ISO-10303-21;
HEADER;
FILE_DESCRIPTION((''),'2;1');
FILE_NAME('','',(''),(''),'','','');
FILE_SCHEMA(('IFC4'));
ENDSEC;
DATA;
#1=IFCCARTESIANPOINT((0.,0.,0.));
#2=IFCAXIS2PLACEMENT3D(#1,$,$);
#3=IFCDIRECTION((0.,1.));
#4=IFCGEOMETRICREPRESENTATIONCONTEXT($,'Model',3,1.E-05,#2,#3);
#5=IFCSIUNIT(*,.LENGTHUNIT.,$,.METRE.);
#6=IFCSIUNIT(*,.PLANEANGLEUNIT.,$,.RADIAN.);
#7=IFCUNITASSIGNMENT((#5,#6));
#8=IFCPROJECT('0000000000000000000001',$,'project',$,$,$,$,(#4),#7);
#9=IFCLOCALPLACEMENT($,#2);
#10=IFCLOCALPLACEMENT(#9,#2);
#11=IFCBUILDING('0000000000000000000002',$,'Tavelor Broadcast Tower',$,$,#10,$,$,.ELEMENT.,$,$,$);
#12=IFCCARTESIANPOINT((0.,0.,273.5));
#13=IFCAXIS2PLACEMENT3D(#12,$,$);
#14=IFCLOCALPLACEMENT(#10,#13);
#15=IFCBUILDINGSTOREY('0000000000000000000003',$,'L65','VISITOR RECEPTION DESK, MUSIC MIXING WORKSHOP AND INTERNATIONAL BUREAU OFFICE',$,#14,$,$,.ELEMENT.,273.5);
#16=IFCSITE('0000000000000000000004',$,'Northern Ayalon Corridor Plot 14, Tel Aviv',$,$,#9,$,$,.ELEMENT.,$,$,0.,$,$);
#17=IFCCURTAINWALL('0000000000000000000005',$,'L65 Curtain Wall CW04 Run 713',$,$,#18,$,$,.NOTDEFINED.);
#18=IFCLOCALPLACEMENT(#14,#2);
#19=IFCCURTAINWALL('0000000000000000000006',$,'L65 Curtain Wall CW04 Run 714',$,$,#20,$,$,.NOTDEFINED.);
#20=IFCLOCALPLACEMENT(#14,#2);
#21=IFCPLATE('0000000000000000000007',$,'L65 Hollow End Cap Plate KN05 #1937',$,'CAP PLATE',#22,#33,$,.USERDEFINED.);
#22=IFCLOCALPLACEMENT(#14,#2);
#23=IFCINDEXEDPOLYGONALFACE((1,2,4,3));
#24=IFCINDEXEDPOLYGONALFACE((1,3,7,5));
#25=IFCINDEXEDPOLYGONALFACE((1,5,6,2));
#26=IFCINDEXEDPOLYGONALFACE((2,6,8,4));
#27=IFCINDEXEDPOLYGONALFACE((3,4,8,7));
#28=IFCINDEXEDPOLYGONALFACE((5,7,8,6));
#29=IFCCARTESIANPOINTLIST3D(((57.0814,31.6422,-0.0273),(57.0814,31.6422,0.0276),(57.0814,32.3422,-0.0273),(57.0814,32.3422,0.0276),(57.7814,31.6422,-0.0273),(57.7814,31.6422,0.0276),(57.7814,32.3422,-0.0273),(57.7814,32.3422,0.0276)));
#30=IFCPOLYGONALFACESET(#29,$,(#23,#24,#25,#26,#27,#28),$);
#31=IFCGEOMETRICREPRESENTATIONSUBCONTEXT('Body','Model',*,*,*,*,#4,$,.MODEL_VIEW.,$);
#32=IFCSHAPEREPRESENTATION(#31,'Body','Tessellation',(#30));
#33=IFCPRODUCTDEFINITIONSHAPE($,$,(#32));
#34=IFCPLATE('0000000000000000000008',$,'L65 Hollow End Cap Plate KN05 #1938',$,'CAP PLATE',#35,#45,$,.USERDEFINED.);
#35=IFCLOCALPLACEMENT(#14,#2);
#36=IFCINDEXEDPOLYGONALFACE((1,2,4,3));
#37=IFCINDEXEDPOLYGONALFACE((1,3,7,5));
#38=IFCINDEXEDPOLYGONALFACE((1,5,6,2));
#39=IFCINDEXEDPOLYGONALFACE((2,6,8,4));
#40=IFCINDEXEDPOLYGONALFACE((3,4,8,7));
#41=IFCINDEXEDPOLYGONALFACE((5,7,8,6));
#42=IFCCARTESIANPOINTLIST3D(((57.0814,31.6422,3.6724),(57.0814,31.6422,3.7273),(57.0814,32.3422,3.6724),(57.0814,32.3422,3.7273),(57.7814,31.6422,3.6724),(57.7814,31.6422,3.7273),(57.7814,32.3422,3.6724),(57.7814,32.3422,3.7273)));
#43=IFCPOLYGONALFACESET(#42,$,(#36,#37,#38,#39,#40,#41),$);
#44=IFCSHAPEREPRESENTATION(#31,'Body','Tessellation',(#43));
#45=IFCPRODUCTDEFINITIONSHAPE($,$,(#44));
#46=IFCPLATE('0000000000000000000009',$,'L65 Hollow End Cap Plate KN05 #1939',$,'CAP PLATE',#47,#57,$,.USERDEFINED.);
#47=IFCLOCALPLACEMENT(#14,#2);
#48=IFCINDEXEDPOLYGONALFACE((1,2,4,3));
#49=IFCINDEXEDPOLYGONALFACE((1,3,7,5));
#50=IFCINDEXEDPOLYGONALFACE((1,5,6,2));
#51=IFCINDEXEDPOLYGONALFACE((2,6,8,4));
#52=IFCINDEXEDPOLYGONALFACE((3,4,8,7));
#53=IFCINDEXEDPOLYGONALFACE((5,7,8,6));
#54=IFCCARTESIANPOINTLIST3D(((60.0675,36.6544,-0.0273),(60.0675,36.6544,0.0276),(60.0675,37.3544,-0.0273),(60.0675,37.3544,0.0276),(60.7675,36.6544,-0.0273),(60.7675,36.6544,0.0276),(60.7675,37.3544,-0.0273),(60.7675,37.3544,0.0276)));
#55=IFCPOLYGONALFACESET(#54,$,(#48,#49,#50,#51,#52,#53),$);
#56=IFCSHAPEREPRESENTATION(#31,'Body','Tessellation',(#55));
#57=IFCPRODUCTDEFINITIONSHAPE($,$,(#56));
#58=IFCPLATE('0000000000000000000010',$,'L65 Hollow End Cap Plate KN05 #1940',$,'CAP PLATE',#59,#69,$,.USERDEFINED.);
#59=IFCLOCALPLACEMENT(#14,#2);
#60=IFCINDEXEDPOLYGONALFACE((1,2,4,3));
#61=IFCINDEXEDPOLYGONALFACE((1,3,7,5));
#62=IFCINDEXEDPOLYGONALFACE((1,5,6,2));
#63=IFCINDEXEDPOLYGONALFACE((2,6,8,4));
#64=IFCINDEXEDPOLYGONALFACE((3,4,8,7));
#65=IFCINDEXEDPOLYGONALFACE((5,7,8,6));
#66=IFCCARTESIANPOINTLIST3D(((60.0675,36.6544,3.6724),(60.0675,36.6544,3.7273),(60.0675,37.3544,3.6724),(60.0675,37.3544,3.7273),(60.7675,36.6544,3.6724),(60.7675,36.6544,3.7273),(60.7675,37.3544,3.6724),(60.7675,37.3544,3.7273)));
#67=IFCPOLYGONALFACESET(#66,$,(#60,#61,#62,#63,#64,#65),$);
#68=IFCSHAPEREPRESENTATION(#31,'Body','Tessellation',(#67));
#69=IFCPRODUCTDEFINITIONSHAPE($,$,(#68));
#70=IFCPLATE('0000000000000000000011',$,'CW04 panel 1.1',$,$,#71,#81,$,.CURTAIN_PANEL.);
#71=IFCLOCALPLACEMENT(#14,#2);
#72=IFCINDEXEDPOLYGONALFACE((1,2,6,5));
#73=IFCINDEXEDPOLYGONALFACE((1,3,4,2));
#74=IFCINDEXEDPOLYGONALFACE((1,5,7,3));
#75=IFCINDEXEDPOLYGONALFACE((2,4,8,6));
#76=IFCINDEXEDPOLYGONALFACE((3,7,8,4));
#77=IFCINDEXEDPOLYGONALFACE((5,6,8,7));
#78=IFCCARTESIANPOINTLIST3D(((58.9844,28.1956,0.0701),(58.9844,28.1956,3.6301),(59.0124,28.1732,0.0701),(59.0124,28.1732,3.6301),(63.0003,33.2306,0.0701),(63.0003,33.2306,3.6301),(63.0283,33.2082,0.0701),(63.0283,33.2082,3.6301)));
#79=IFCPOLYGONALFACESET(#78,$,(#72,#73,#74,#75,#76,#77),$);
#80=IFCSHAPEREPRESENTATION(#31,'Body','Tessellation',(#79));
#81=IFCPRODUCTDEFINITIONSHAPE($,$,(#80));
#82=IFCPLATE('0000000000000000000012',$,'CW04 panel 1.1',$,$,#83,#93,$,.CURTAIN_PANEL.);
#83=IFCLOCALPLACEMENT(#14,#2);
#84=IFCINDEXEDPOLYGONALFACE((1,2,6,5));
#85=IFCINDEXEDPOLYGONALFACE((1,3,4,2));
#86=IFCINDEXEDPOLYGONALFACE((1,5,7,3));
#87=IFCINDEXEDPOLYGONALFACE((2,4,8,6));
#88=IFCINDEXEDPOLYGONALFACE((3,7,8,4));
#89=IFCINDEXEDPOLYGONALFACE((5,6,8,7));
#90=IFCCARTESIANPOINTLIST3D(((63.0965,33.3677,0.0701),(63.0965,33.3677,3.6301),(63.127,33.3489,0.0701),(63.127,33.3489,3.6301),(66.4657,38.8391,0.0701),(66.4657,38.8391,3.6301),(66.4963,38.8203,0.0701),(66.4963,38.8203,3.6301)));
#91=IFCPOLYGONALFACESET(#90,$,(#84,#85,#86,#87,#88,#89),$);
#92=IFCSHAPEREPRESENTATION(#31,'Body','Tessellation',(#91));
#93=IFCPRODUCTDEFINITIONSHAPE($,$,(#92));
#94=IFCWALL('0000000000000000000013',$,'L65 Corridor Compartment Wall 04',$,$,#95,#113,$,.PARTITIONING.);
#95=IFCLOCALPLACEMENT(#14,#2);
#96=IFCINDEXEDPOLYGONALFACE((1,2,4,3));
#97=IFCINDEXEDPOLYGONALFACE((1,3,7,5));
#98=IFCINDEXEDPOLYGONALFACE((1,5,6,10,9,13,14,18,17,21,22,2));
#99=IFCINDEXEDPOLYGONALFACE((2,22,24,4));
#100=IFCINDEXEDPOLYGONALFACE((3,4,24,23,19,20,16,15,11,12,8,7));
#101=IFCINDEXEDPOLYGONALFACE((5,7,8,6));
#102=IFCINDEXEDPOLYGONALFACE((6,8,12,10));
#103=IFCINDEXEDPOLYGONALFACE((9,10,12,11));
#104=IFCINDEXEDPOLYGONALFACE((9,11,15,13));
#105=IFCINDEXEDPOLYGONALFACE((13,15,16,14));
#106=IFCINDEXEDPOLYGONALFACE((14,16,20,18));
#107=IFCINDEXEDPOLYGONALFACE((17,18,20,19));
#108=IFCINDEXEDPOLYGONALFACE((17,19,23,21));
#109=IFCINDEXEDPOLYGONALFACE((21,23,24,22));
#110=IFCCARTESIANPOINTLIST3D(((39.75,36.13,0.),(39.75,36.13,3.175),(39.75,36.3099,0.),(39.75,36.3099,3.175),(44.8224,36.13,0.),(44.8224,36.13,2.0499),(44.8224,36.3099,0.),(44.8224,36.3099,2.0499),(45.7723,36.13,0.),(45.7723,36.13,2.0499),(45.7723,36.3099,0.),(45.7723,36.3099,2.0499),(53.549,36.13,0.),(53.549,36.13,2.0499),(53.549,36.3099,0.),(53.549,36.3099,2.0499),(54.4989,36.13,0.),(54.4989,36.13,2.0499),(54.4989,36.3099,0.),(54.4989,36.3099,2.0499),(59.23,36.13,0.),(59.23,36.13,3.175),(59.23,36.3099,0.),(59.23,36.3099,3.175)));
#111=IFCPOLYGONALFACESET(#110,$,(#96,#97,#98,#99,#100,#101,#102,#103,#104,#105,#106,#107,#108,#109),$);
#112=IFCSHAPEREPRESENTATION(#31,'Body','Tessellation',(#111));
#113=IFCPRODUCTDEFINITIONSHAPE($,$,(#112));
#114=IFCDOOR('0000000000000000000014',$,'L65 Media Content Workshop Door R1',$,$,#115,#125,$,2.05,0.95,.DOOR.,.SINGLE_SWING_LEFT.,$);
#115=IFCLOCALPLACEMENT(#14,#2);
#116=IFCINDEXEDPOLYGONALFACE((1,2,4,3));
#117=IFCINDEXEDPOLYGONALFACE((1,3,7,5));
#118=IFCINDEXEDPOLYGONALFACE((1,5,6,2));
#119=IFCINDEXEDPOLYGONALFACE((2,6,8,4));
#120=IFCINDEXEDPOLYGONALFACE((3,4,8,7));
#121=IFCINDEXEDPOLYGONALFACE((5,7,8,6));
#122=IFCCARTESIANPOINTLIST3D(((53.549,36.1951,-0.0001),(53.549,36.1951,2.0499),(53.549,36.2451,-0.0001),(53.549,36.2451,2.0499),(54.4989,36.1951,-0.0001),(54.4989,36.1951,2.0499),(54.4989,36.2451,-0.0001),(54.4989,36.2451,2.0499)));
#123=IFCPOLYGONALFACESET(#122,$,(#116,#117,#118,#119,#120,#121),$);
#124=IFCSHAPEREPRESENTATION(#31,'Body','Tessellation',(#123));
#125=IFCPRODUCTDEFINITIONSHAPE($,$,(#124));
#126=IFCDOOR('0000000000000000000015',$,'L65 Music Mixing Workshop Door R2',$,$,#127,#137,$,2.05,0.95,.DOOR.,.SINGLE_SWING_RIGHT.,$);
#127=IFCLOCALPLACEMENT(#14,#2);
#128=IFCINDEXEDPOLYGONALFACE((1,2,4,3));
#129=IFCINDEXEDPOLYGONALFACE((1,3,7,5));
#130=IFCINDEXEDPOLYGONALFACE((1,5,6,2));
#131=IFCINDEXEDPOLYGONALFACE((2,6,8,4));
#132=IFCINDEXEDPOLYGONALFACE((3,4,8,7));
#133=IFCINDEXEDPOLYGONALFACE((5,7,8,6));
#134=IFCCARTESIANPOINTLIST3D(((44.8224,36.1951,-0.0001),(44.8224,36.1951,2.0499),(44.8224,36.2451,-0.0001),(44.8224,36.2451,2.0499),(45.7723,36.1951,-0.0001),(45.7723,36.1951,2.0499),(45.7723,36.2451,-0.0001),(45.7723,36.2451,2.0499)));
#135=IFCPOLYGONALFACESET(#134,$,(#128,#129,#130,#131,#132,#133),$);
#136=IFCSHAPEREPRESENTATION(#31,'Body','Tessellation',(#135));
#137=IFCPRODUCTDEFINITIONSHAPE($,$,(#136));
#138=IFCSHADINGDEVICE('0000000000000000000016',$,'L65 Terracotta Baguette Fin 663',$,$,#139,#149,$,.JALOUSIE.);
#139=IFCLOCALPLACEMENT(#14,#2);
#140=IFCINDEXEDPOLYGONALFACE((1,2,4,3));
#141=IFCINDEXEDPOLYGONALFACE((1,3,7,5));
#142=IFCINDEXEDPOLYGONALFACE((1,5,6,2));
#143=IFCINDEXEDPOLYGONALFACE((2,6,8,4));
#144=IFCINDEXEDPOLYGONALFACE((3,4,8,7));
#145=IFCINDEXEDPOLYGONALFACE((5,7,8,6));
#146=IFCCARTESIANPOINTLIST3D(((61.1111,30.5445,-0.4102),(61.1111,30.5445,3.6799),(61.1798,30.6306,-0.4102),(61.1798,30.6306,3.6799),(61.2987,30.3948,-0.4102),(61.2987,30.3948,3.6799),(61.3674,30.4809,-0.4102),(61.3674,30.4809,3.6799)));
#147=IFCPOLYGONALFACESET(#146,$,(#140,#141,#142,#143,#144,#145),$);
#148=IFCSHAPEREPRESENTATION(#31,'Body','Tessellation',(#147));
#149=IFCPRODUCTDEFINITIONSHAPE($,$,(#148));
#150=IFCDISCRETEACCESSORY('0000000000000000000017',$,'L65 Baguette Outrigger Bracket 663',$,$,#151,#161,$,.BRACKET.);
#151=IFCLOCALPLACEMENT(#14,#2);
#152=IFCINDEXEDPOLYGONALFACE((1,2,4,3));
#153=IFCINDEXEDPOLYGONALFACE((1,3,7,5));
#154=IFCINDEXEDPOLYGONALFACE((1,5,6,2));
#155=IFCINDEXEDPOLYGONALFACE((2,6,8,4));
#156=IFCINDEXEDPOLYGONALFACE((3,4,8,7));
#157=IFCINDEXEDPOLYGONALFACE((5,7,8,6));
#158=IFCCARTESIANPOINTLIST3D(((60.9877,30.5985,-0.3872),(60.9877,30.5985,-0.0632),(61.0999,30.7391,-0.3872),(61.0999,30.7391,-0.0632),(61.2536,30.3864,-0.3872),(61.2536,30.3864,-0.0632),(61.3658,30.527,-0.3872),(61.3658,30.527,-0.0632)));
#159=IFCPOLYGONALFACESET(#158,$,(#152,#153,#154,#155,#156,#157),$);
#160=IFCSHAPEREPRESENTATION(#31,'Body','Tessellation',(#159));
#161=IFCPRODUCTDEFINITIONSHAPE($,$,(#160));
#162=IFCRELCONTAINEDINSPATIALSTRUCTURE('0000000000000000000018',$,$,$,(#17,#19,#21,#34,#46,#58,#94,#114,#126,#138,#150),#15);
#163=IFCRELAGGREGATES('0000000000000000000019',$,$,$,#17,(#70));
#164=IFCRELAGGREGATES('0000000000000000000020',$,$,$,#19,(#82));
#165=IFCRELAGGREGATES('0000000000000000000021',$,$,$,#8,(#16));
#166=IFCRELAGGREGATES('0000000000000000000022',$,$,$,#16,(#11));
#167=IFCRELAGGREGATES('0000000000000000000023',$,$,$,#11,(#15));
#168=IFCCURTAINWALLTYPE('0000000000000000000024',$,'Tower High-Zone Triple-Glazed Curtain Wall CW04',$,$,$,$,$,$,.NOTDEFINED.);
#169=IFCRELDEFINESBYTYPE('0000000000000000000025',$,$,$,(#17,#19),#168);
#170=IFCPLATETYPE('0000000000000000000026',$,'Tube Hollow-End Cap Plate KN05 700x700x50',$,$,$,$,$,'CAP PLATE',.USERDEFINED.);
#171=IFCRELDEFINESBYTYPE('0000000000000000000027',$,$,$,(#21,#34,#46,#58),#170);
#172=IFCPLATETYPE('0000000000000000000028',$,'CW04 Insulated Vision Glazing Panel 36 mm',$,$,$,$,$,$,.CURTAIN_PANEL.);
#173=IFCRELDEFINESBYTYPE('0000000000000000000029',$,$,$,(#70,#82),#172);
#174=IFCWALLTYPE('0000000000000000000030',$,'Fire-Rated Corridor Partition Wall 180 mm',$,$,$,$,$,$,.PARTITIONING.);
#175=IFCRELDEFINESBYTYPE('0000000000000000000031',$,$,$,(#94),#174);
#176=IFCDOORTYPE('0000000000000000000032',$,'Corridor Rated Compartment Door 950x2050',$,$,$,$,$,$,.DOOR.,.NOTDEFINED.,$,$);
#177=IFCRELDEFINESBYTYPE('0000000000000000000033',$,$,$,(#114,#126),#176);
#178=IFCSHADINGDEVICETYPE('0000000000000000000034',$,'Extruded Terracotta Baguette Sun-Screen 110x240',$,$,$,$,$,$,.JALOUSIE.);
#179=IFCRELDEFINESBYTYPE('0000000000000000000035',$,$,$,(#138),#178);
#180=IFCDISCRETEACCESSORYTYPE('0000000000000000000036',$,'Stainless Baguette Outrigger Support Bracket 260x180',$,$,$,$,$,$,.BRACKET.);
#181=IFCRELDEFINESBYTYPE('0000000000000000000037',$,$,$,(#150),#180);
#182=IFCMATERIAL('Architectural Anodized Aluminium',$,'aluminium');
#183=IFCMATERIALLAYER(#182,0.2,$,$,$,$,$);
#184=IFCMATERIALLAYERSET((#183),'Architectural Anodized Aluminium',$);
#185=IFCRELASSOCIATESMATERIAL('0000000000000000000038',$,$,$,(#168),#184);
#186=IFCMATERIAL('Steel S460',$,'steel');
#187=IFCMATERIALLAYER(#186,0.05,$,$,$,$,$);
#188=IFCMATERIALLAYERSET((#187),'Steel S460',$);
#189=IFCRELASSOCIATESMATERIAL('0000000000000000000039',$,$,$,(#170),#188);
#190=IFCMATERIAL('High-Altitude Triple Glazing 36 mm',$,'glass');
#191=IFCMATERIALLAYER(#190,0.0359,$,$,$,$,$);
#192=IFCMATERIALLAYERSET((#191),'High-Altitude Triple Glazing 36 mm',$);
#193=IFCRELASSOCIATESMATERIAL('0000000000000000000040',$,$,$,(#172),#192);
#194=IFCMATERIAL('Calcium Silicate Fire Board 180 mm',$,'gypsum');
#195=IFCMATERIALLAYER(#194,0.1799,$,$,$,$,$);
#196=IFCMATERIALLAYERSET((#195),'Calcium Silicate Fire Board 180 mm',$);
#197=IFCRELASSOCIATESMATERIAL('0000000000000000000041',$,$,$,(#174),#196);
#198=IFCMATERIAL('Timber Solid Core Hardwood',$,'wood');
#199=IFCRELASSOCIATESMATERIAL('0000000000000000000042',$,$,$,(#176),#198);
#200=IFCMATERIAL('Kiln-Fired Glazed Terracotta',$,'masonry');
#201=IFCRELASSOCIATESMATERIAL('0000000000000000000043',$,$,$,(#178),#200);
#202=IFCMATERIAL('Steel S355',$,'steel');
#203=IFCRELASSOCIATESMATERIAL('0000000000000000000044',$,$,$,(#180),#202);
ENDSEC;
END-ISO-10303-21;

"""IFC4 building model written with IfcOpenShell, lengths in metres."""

from ifc_helpers import new_model, si_unit, direction, frame, frame_2d, origin, origin_2d, place, context, subcontext, project, spatial, rectangle, extrude, source, transform, mapped, material, layer, layer_set, type_object, type_shapes, element, fill, aggregate, save


model = new_model("IFC4")

# Units and contexts
model_context = context("Model", 3, precision=1e-05, world=origin(), true_north=direction((0.0, 1.0)))
body_context = subcontext(model_context, "Body", "Model", "MODEL_VIEW")
ifc_project = project(units=[si_unit("LENGTHUNIT", "METRE"), si_unit("PLANEANGLEUNIT", "RADIAN")], contexts=[model_context])

# Site, building, storey
site_placement = place(None, origin())
site = spatial("IfcSite", under=ifc_project, at=site_placement, Name="Northern Ayalon Corridor Plot 14, Tel Aviv", CompositionType="ELEMENT", RefElevation=0.0)
building_placement = place(site_placement, origin())
building = spatial("IfcBuilding", under=site, at=building_placement, Name="Tavelor Broadcast Tower", CompositionType="ELEMENT")
storey_placement = place(building_placement, frame((0.0, 0.0, 273.5)))
storey = spatial("IfcBuildingStorey", under=building, at=storey_placement, Name="L65", Description="VISITOR RECEPTION DESK, MUSIC MIXING WORKSHOP AND INTERNATIONAL BUREAU OFFICE", CompositionType="ELEMENT", Elevation=273.5)

# Shared definitions
ifc_material_1 = material(Name="Steel S460", Category="steel")

# Shared definitions
ifc_material_2 = material(Name="Steel S355", Category="steel")

# Curtain wall
ifc_material_3 = material(Name="Architectural Anodized Aluminium", Category="aluminium")
ifc_layer_1 = layer(ifc_material_3, 0.2)
ifc_layer_set_1 = layer_set([ifc_layer_1], Name="Architectural Anodized Aluminium")
curtain_wall_type = type_object("IfcCurtainWallType", Name="Tower High-Zone Triple-Glazed Curtain Wall CW04", PredefinedType="NOTDEFINED", material=ifc_layer_set_1)
curtain_wall_1_placement = place(storey_placement, origin())
curtain_wall_1 = element("IfcCurtainWall", 1, at=curtain_wall_1_placement, inside=storey, type_object=curtain_wall_type, Name="L65 Curtain Wall CW04 Run 713", PredefinedType="NOTDEFINED")

# Curtain wall
curtain_wall_2_placement = place(storey_placement, origin())
curtain_wall_2 = element("IfcCurtainWall", 2, at=curtain_wall_2_placement, inside=storey, type_object=curtain_wall_type, Name="L65 Curtain Wall CW04 Run 714", PredefinedType="NOTDEFINED")

# Plates
ifc_layer_2 = layer(ifc_material_1, 0.05)
ifc_layer_set_2 = layer_set([ifc_layer_2], Name="Steel S460")
plate_type_1 = type_object("IfcPlateType", Name="Tube Hollow-End Cap Plate KN05 700x700x50", ElementType="CAP PLATE", PredefinedType="USERDEFINED", material=ifc_layer_set_2)
shared_shape_1 = source(origin(), body_context, "Body", "SweptSolid", [
    extrude(rectangle(XDim=0.7, YDim=0.7, at=origin_2d()), origin(), (0.0, 0.0, 1.0), 0.0549),
])
type_shapes(plate_type_1, [shared_shape_1])
for number, where, z_axis, x_axis, name in (
    (3, (57.4314, 31.9922, -0.0273), (0.0, 0.0, 1.0), (1.0, 0.0, 0.0), "L65 Hollow End Cap Plate KN05 #1937"),
    (4, (57.4314, 31.9922, 3.6724), (0.0, 0.0, 1.0), (1.0, 0.0, 0.0), "L65 Hollow End Cap Plate KN05 #1938"),
    (5, (60.4175, 37.0044, -0.0273), (0.0, 0.0, 1.0), (1.0, 0.0, 0.0), "L65 Hollow End Cap Plate KN05 #1939"),
    (6, (60.4175, 37.0044, 3.6724), (0.0, 0.0, 1.0), (1.0, 0.0, 0.0), "L65 Hollow End Cap Plate KN05 #1940"),
):
    element("IfcPlate", number, at=place(storey_placement, frame(where, z_axis=z_axis, x_axis=x_axis)), inside=storey, type_object=plate_type_1, Name=name, ObjectType="CAP PLATE", PredefinedType="USERDEFINED", context=body_context, shape_type="MappedRepresentation", body=[
        mapped(shared_shape_1, transform((0.0, 0.0, 0.0), scale=1.0)),
    ])

# Plates
ifc_material_4 = material(Name="High-Altitude Triple Glazing 36 mm", Category="glass")
ifc_layer_3 = layer(ifc_material_4, 0.0359)
ifc_layer_set_3 = layer_set([ifc_layer_3], Name="High-Altitude Triple Glazing 36 mm")
plate_type_2 = type_object("IfcPlateType", Name="CW04 Insulated Vision Glazing Panel 36 mm", PredefinedType="CURTAIN_PANEL", material=ifc_layer_set_3)
shared_shape_2 = source(origin(), body_context, "Body", "SweptSolid", [
    extrude(rectangle(XDim=6.4404, YDim=0.0359, at=origin_2d()), origin(), (0.0, 0.0, 1.0), 3.5601),
])
plate_1_placement = place(storey_placement, frame((61.0063, 30.7019, 0.0701), z_axis=(0.0, 0.0, 1.0), x_axis=(0.623545, 0.781787, 0.0)))
plate_1 = element("IfcPlate", 7, at=plate_1_placement, type_object=plate_type_2, Name="CW04 panel 1.1", PredefinedType="CURTAIN_PANEL", context=body_context, shape_type="MappedRepresentation", body=[
    mapped(shared_shape_2, transform((0.0, 0.0, 0.0), scale=1.0)),
])
aggregate(curtain_wall_1, [plate_1])
shared_shape_3 = source(origin(), body_context, "Body", "SweptSolid", [
    extrude(rectangle(XDim=6.4255, YDim=0.0359, at=origin_2d()), origin(), (0.0, 0.0, 1.0), 3.5601),
])
type_shapes(plate_type_2, [shared_shape_2, shared_shape_3])
plate_2_placement = place(storey_placement, frame((64.7964, 36.094, 0.0701), z_axis=(0.0, 0.0, 1.0), x_axis=(0.524351, 0.851502, 0.0)))
plate_2 = element("IfcPlate", 8, at=plate_2_placement, type_object=plate_type_2, Name="CW04 panel 1.1", PredefinedType="CURTAIN_PANEL", context=body_context, shape_type="MappedRepresentation", body=[
    mapped(shared_shape_3, transform((0.0, 0.0, 0.0), scale=1.0)),
])
aggregate(curtain_wall_2, [plate_2])

# Wall, openings, doors
ifc_material_5 = material(Name="Calcium Silicate Fire Board 180 mm", Category="gypsum")
ifc_layer_4 = layer(ifc_material_5, 0.1799)
ifc_layer_set_4 = layer_set([ifc_layer_4], Name="Calcium Silicate Fire Board 180 mm")
wall_type = type_object("IfcWallType", Name="Fire-Rated Corridor Partition Wall 180 mm", PredefinedType="PARTITIONING", material=ifc_layer_set_4)
wall_placement = place(storey_placement, frame((59.23, 36.22, 0.0), z_axis=(0.0, 0.0, 1.0), x_axis=(-1.0, 0.0, 0.0)))
wall = element("IfcWall", 9, at=wall_placement, inside=storey, type_object=wall_type, Name="L65 Corridor Compartment Wall 04", PredefinedType="PARTITIONING", context=body_context, shape_type="SweptSolid", body=[
    extrude(rectangle(XDim=19.48, YDim=0.1799, at=frame_2d((9.74, 0.0))), origin(), (0.0, 0.0, 1.0), 3.175),
])
opening_1_placement = place(wall_placement, frame((4.731, 0.0, 0.0)))
opening_1 = element("IfcOpeningElement", 10, at=opening_1_placement, cuts=wall, PredefinedType="OPENING", context=body_context, shape_type="SweptSolid", body=[
    extrude(rectangle(XDim=0.95, YDim=2.05, at=frame_2d((0.4751, 1.0249))), frame((0.0, 0.1001, 0.0), z_axis=(0.0, -1.0, 0.0), x_axis=(1.0, 0.0, 0.0)), (0.0, 0.0, 1.0), 0.2),
])
opening_2_placement = place(wall_placement, frame((13.4575, 0.0, 0.0)))
opening_2 = element("IfcOpeningElement", 11, at=opening_2_placement, cuts=wall, PredefinedType="OPENING", context=body_context, shape_type="SweptSolid", body=[
    extrude(rectangle(XDim=0.95, YDim=2.05, at=frame_2d((0.4751, 1.0249))), frame((0.0, 0.1001, 0.0), z_axis=(0.0, -1.0, 0.0), x_axis=(1.0, 0.0, 0.0)), (0.0, 0.0, 1.0), 0.2),
])
ifc_material_6 = material(Name="Timber Solid Core Hardwood", Category="wood")
door_type = type_object("IfcDoorType", Name="Corridor Rated Compartment Door 950x2050", OperationType="NOTDEFINED", PredefinedType="DOOR", material=ifc_material_6)
door_1_placement = place(opening_1_placement, origin())
door_1 = element("IfcDoor", 12, at=door_1_placement, inside=storey, type_object=door_type, Name="L65 Media Content Workshop Door R1", OperationType="SINGLE_SWING_LEFT", OverallHeight=2.05, OverallWidth=0.95, PredefinedType="DOOR", context=body_context, shape_type="SweptSolid", body=[
    extrude(rectangle(XDim=0.95, YDim=2.05, at=frame_2d((0.4751, 1.0249))), frame((0.0, 0.0249, 0.0), z_axis=(0.0, -1.0, 0.0), x_axis=(1.0, 0.0, 0.0)), (0.0, 0.0, 1.0), 0.05),
])
fill(opening_1, door_1)
door_2_placement = place(opening_2_placement, origin())
door_2 = element("IfcDoor", 13, at=door_2_placement, inside=storey, type_object=door_type, Name="L65 Music Mixing Workshop Door R2", OperationType="SINGLE_SWING_RIGHT", OverallHeight=2.05, OverallWidth=0.95, PredefinedType="DOOR", context=body_context, shape_type="SweptSolid", body=[
    extrude(rectangle(XDim=0.95, YDim=2.05, at=frame_2d((0.4751, 1.0249))), frame((0.0, 0.0249, 0.0), z_axis=(0.0, -1.0, 0.0), x_axis=(1.0, 0.0, 0.0)), (0.0, 0.0, 1.0), 0.05),
])
fill(opening_2, door_2)

# Shading device
ifc_material_7 = material(Name="Kiln-Fired Glazed Terracotta", Category="masonry")
shading_device_type = type_object("IfcShadingDeviceType", Name="Extruded Terracotta Baguette Sun-Screen 110x240", PredefinedType="JALOUSIE", material=ifc_material_7)
shared_shape_4 = source(origin(), body_context, "Body", "SweptSolid", [
    extrude(rectangle(XDim=0.1101, YDim=0.24, at=origin_2d()), origin(), (0.0, 0.0, 1.0), 4.0901),
])
type_shapes(shading_device_type, [shared_shape_4])
shading_device_placement = place(storey_placement, frame((61.2393, 30.5127, -0.4102), z_axis=(0.0, 0.0, 1.0), x_axis=(0.623607, 0.781738, 0.0)))
element("IfcShadingDevice", 14, at=shading_device_placement, inside=storey, type_object=shading_device_type, Name="L65 Terracotta Baguette Fin 663", PredefinedType="JALOUSIE", context=body_context, shape_type="MappedRepresentation", body=[
    mapped(shared_shape_4, transform((0.0, 0.0, 0.0), scale=1.0)),
])

# Discrete accessory
discrete_accessory_type = type_object("IfcDiscreteAccessoryType", Name="Stainless Baguette Outrigger Support Bracket 260x180", PredefinedType="BRACKET", material=ifc_material_2)
shared_shape_5 = source(origin(), body_context, "Body", "SweptSolid", [
    extrude(rectangle(XDim=0.1799, YDim=0.3401, at=origin_2d()), origin(), (0.0, 0.0, 1.0), 0.324),
])
type_shapes(discrete_accessory_type, [shared_shape_5])
discrete_accessory_placement = place(storey_placement, frame((61.1768, 30.5627, -0.3872), z_axis=(0.0, 0.0, 1.0), x_axis=(0.623607, 0.781738, 0.0)))
element("IfcDiscreteAccessory", 15, at=discrete_accessory_placement, inside=storey, type_object=discrete_accessory_type, Name="L65 Baguette Outrigger Bracket 663", PredefinedType="BRACKET", context=body_context, shape_type="MappedRepresentation", body=[
    mapped(shared_shape_5, transform((0.0, 0.0, 0.0), scale=1.0)),
])

save(model, "model.ifc")
